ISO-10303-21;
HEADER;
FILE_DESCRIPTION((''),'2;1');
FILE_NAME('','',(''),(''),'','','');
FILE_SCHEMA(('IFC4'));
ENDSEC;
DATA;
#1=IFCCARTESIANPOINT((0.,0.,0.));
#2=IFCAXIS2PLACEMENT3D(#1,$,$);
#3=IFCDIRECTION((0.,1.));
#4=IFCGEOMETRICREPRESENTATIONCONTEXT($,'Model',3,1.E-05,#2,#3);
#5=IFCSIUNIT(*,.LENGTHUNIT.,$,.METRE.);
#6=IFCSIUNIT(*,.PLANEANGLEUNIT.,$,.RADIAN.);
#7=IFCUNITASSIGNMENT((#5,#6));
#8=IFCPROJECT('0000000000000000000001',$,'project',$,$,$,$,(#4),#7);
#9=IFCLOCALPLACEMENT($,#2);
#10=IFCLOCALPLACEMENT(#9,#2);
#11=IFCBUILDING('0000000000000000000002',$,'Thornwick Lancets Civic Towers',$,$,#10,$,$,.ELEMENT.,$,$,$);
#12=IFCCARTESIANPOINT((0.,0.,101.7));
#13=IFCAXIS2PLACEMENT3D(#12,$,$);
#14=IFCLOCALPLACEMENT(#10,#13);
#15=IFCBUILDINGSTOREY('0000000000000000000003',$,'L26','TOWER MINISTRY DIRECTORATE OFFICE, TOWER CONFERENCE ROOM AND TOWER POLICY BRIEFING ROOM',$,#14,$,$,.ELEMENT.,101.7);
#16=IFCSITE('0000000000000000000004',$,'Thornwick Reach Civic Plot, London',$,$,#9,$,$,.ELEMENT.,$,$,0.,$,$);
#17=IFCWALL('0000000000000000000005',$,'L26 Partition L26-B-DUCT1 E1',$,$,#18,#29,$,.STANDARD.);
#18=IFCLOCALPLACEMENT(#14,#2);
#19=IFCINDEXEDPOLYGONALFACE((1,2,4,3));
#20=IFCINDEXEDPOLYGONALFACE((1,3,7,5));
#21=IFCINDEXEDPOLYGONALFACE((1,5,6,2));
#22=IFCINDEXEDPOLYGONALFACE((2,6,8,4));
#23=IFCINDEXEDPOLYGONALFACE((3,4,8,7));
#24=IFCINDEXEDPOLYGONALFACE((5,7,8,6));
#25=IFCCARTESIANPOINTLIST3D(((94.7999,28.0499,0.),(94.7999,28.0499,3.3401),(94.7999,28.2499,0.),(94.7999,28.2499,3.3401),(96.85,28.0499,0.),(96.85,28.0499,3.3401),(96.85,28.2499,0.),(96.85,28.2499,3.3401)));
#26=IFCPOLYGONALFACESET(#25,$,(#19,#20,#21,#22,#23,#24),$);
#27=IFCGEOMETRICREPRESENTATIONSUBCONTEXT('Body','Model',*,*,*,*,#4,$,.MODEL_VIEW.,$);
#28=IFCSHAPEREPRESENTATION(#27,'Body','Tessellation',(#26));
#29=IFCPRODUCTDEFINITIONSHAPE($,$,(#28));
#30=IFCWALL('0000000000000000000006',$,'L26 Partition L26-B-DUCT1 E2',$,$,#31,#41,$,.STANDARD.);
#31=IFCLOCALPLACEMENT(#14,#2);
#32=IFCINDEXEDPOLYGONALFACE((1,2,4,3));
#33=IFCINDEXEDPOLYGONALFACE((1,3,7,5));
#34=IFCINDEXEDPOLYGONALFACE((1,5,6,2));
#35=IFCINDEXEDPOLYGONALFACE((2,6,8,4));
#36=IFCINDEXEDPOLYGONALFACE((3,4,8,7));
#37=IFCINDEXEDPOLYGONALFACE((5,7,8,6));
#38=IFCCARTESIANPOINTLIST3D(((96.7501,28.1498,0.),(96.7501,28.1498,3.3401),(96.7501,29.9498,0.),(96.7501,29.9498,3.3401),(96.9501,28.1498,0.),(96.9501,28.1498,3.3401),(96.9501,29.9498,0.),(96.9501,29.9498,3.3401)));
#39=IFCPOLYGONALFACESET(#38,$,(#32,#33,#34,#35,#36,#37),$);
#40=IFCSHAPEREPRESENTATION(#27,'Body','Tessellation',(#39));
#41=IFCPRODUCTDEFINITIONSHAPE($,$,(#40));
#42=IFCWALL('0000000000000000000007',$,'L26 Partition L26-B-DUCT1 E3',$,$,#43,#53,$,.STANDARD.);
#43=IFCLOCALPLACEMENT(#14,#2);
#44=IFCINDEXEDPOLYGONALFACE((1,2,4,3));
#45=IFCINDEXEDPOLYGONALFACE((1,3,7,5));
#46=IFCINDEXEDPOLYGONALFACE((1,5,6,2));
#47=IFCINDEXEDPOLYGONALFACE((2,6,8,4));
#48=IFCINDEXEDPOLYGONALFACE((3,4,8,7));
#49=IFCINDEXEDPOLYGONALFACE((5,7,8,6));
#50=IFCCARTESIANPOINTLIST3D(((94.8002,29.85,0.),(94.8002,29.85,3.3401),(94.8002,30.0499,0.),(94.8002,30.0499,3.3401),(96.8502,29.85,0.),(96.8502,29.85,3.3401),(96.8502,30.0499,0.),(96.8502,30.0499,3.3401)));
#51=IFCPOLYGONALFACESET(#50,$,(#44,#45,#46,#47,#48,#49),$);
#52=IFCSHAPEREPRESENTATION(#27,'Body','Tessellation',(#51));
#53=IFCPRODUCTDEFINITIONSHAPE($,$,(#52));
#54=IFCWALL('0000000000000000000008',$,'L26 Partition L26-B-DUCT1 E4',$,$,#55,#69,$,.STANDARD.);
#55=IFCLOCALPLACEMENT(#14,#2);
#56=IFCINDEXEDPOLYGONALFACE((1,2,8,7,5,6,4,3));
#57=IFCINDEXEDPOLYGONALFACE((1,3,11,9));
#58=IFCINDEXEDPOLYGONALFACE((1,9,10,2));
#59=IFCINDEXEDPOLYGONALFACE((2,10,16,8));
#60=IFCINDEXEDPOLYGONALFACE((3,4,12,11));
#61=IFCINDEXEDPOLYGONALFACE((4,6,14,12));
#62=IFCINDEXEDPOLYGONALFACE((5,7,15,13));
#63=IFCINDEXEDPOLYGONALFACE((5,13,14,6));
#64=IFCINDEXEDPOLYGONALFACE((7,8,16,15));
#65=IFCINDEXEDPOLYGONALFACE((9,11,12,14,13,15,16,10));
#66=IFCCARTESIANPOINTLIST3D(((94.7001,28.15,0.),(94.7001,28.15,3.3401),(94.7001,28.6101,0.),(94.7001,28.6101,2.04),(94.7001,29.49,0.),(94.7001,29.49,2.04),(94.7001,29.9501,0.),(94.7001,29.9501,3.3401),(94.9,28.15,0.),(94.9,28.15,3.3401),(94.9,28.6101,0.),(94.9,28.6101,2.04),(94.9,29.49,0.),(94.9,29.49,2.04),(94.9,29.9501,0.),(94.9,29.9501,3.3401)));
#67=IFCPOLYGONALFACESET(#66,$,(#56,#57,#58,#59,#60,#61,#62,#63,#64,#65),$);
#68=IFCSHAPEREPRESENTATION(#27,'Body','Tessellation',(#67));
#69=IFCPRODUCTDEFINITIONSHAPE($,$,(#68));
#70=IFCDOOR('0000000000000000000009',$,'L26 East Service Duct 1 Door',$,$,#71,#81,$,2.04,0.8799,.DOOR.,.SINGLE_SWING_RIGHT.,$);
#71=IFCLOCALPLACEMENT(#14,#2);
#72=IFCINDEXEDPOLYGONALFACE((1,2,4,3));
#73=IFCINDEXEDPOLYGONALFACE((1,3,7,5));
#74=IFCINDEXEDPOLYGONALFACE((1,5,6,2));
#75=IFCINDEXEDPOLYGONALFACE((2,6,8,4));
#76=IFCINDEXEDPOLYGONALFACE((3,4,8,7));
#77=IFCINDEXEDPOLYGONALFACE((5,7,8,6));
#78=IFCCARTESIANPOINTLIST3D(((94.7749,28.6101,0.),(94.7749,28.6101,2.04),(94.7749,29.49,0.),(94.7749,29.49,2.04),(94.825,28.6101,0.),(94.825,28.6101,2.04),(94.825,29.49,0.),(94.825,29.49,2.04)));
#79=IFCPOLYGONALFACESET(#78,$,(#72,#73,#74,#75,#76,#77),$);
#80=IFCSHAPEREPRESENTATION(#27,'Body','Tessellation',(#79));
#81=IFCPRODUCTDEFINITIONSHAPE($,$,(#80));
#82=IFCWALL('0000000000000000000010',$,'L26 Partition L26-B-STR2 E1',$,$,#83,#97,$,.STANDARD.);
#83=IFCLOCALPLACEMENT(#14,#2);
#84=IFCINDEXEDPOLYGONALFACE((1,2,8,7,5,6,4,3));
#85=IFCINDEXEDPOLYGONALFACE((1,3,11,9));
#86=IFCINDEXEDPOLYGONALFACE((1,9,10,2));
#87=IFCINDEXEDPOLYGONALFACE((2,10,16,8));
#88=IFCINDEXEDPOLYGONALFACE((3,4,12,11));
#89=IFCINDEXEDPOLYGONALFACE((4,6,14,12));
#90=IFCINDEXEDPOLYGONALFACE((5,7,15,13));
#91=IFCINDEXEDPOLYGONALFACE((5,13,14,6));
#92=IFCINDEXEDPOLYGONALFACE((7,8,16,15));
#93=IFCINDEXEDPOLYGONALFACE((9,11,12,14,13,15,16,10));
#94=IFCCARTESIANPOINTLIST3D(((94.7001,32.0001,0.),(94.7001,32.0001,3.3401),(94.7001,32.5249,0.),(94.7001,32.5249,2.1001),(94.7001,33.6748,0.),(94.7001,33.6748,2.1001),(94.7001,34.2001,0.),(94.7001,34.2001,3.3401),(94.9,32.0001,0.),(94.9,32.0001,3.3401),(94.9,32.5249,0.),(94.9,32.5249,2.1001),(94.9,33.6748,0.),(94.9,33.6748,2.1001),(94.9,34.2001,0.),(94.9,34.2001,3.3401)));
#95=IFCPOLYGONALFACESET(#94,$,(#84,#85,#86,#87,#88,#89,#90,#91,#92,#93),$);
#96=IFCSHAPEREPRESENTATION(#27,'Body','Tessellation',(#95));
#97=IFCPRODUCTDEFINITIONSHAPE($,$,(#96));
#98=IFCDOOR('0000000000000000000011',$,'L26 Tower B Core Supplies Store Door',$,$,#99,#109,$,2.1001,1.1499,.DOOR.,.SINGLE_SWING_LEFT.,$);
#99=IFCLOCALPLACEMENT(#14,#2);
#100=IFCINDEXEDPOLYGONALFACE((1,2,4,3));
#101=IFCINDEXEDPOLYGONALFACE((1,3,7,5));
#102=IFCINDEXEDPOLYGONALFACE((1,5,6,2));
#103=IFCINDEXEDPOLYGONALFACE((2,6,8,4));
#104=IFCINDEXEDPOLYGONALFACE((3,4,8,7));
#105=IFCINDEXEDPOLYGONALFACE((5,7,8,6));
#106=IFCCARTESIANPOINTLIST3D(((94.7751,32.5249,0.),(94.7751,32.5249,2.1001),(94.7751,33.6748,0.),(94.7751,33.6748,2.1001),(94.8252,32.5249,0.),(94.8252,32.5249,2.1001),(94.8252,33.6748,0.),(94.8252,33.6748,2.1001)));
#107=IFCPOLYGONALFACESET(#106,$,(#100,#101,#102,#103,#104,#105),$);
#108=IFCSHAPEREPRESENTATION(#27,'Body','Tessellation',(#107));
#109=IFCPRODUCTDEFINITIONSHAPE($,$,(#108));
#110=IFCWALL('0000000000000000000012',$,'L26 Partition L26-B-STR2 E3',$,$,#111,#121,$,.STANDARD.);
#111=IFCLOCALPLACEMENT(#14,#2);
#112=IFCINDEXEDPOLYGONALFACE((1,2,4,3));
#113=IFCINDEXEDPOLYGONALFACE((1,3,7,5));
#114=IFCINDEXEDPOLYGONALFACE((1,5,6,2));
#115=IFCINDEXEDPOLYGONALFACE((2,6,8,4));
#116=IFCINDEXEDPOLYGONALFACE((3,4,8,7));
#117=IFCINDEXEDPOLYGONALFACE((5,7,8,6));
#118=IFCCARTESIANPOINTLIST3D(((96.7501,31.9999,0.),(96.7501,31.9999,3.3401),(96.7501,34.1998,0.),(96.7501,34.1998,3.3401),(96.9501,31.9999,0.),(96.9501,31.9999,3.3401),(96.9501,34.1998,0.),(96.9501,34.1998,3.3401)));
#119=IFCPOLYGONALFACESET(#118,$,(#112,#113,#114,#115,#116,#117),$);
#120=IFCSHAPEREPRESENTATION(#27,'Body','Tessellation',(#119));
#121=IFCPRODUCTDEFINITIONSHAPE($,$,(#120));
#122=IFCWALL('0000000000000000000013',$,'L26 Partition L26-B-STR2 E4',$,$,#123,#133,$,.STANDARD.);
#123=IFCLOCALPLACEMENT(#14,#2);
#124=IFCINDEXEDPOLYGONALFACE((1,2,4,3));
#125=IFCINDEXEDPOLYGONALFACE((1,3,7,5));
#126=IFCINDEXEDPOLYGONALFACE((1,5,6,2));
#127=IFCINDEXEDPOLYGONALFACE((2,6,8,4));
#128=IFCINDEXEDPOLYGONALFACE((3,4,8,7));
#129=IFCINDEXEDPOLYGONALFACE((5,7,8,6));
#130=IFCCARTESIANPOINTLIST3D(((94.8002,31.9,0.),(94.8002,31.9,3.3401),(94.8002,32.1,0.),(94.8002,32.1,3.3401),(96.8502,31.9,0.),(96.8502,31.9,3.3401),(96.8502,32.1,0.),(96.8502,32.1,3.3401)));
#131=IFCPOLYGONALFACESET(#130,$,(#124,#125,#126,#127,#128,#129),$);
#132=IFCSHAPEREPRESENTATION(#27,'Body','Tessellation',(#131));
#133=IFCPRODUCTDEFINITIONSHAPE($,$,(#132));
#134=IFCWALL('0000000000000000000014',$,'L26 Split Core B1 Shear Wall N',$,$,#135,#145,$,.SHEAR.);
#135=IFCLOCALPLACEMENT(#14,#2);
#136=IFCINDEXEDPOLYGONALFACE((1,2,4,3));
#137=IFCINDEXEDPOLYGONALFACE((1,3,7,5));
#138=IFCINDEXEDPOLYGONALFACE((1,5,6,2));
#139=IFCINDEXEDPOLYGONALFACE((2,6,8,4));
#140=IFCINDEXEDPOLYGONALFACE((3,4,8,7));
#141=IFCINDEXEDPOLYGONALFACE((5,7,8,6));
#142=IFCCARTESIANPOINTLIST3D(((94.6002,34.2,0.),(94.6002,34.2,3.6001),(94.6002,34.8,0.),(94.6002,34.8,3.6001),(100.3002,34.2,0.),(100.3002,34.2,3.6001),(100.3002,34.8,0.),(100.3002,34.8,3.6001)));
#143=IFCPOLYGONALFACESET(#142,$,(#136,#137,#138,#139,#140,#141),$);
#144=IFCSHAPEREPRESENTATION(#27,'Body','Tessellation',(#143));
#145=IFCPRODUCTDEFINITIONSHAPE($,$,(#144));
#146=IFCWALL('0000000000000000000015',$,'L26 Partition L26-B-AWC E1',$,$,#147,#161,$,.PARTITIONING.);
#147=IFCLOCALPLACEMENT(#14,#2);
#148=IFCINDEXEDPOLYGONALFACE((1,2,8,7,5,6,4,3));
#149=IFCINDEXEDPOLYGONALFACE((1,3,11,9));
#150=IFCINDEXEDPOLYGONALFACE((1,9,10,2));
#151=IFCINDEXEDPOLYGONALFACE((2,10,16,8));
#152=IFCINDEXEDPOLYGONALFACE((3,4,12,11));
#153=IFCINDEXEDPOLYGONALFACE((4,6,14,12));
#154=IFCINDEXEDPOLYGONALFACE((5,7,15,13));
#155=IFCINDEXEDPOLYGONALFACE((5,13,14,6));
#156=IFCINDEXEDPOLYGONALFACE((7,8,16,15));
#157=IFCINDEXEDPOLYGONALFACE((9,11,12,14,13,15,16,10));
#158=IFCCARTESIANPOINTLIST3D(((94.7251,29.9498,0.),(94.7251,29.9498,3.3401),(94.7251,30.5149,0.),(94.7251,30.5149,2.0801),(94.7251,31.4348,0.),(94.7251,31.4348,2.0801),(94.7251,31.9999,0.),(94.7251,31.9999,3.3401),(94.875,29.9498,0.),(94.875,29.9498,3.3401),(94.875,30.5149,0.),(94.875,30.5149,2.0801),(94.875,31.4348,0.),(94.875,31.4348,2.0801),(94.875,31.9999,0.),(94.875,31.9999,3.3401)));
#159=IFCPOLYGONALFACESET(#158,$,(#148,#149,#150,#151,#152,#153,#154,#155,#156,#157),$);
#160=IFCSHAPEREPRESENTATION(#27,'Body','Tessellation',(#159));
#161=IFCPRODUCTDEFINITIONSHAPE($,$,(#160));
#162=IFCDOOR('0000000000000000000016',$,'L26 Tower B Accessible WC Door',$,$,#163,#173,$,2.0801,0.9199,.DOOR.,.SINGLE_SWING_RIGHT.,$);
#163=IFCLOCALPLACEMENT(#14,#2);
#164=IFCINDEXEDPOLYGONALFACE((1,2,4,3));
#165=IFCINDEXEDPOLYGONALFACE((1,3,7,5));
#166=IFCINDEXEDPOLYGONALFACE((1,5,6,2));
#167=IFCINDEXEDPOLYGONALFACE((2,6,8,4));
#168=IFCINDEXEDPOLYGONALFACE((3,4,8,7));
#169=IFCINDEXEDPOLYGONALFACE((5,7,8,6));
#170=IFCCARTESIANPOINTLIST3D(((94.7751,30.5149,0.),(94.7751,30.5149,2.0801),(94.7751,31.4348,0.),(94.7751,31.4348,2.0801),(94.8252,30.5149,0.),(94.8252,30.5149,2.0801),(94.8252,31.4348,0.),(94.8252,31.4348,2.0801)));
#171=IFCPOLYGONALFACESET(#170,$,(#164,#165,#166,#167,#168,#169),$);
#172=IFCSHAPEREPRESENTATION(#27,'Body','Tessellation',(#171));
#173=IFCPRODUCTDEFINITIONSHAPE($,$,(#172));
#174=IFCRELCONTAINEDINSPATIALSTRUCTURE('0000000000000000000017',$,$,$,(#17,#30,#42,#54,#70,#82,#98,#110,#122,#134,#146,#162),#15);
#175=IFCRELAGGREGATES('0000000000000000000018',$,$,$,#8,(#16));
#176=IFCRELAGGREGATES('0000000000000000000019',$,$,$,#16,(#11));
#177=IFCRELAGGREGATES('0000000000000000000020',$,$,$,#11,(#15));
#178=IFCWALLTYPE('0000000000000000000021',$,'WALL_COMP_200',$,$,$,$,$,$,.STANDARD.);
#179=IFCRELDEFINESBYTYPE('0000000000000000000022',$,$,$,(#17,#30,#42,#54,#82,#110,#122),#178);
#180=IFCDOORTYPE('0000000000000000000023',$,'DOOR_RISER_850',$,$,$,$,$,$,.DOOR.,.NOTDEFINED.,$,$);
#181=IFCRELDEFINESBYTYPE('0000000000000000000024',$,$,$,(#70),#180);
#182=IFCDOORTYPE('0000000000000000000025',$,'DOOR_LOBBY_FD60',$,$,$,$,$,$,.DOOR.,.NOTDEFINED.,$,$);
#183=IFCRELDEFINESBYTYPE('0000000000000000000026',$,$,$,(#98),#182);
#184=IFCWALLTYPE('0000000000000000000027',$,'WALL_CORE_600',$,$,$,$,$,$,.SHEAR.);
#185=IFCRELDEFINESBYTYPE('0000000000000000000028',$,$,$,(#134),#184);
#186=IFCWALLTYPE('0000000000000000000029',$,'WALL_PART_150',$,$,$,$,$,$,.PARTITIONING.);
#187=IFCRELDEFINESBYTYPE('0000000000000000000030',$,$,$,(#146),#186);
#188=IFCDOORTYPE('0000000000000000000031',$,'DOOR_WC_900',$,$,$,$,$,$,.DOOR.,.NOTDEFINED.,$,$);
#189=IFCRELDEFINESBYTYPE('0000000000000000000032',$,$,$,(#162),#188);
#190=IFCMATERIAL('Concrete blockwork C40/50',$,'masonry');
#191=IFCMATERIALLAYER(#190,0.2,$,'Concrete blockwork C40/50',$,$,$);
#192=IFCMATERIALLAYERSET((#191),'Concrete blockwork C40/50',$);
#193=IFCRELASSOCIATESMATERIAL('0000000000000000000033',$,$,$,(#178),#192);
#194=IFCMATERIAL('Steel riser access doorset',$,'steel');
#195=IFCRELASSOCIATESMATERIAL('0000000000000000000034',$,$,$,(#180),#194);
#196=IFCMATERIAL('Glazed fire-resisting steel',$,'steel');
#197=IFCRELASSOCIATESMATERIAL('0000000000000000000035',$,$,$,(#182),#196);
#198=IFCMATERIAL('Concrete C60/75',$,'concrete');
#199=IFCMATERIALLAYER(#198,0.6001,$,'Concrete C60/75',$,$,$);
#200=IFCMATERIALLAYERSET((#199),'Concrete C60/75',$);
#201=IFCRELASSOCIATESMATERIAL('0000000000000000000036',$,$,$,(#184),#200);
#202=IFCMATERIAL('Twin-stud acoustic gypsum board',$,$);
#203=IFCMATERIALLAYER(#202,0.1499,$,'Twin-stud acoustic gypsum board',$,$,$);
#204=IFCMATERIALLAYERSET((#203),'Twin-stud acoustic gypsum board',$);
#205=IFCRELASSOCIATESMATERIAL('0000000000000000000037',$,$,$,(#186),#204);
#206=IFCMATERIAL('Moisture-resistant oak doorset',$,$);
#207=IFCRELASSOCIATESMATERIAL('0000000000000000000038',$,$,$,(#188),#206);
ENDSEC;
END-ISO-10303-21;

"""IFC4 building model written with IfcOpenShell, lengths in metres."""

from ifc_helpers import new_model, si_unit, direction, frame, frame_2d, origin, place, context, subcontext, project, spatial, rectangle, extrude, material, layer, layer_set, type_object, element, fill, save


model = new_model("IFC4")

# Units and contexts
model_context = context("Model", 3, precision=1e-05, world=origin(), true_north=direction((0.0, 1.0)))
body_context = subcontext(model_context, "Body", "Model", "MODEL_VIEW")
ifc_project = project(units=[si_unit("LENGTHUNIT", "METRE"), si_unit("PLANEANGLEUNIT", "RADIAN")], contexts=[model_context])

# Site, building, storey
site_placement = place(None, origin())
site = spatial("IfcSite", under=ifc_project, at=site_placement, Name="Thornwick Reach Civic Plot, London", CompositionType="ELEMENT", RefElevation=0.0)
building_placement = place(site_placement, origin())
building = spatial("IfcBuilding", under=site, at=building_placement, Name="Thornwick Lancets Civic Towers", CompositionType="ELEMENT")
storey_placement = place(building_placement, frame((0.0, 0.0, 101.7)))
storey = spatial("IfcBuildingStorey", under=building, at=storey_placement, Name="L26", Description="TOWER MINISTRY DIRECTORATE OFFICE, TOWER CONFERENCE ROOM AND TOWER POLICY BRIEFING ROOM", CompositionType="ELEMENT", Elevation=101.7)

# Shared definitions
ifc_material_1 = material(Name="Concrete C60/75", Category="concrete")

# Shared definitions
ifc_material_2 = material(Name="Concrete blockwork C40/50", Category="masonry")
ifc_layer_1 = layer(ifc_material_2, 0.2, Name="Concrete blockwork C40/50")
ifc_layer_set_1 = layer_set([ifc_layer_1], Name="Concrete blockwork C40/50")
wall_type_1 = type_object("IfcWallType", Name="WALL_COMP_200", PredefinedType="STANDARD", material=ifc_layer_set_1)

# Walls
wall_1_placement = place(storey_placement, frame((94.8, 28.1499, 0.0), z_axis=(0.0, 0.0, 1.0), x_axis=(1.0, 0.0, 0.0)))
element("IfcWall", 1, at=wall_1_placement, inside=storey, type_object=wall_type_1, Name="L26 Partition L26-B-DUCT1 E1", PredefinedType="STANDARD", context=body_context, shape_type="SweptSolid", body=[
    extrude(rectangle(XDim=2.05, YDim=0.2, at=frame_2d((1.0249, 0.0))), origin(), (0.0, 0.0, 1.0), 3.3401),
])
wall_2_placement = place(storey_placement, frame((96.8501, 28.1499, 0.0), z_axis=(0.0, 0.0, 1.0), x_axis=(0.0, 1.0, 0.0)))
element("IfcWall", 2, at=wall_2_placement, inside=storey, type_object=wall_type_1, Name="L26 Partition L26-B-DUCT1 E2", PredefinedType="STANDARD", context=body_context, shape_type="SweptSolid", body=[
    extrude(rectangle(XDim=1.8, YDim=0.2, at=frame_2d((0.8999, 0.0))), origin(), (0.0, 0.0, 1.0), 3.3401),
])
wall_3_placement = place(storey_placement, frame((96.8501, 29.95, 0.0), z_axis=(0.0, 0.0, 1.0), x_axis=(-1.0, 0.0, 0.0)))
element("IfcWall", 3, at=wall_3_placement, inside=storey, type_object=wall_type_1, Name="L26 Partition L26-B-DUCT1 E3", PredefinedType="STANDARD", context=body_context, shape_type="SweptSolid", body=[
    extrude(rectangle(XDim=2.05, YDim=0.2, at=frame_2d((1.0249, 0.0))), origin(), (0.0, 0.0, 1.0), 3.3401),
])

# Walls, openings, doors
wall_4_placement = place(storey_placement, frame((94.8, 29.95, 0.0), z_axis=(0.0, 0.0, 1.0), x_axis=(0.0, -1.0, 0.0)))
wall_4 = element("IfcWall", 4, at=wall_4_placement, inside=storey, type_object=wall_type_1, Name="L26 Partition L26-B-DUCT1 E4", PredefinedType="STANDARD", context=body_context, shape_type="SweptSolid", body=[
    extrude(rectangle(XDim=1.8, YDim=0.2, at=frame_2d((0.8999, 0.0))), origin(), (0.0, 0.0, 1.0), 3.3401),
])
opening_1_placement = place(wall_4_placement, frame((0.46, 0.0, 0.0)))
opening_1 = element("IfcOpeningElement", 5, at=opening_1_placement, cuts=wall_4, PredefinedType="OPENING", context=body_context, shape_type="SweptSolid", body=[
    extrude(rectangle(XDim=0.8799, YDim=2.04, at=frame_2d((0.4399, 1.02))), frame((0.0, 0.1099, 0.0), z_axis=(0.0, -1.0, 0.0), x_axis=(1.0, 0.0, 0.0)), (0.0, 0.0, 1.0), 0.22),
])
ifc_material_3 = material(Name="Steel riser access doorset", Category="steel")
door_type_1 = type_object("IfcDoorType", Name="DOOR_RISER_850", OperationType="NOTDEFINED", PredefinedType="DOOR", material=ifc_material_3)
door_1_placement = place(opening_1_placement, origin())
door_1 = element("IfcDoor", 6, at=door_1_placement, inside=storey, type_object=door_type_1, Name="L26 East Service Duct 1 Door", OperationType="SINGLE_SWING_RIGHT", OverallHeight=2.04, OverallWidth=0.8799, PredefinedType="DOOR", context=body_context, shape_type="SweptSolid", body=[
    extrude(rectangle(XDim=0.8799, YDim=2.04, at=frame_2d((0.4399, 1.02))), frame((0.0, 0.0249, 0.0), z_axis=(0.0, -1.0, 0.0), x_axis=(1.0, 0.0, 0.0)), (0.0, 0.0, 1.0), 0.05),
])
fill(opening_1, door_1)
wall_5_placement = place(storey_placement, frame((94.8, 32.0, 0.0), z_axis=(0.0, 0.0, 1.0), x_axis=(0.0, 1.0, 0.0)))
wall_5 = element("IfcWall", 7, at=wall_5_placement, inside=storey, type_object=wall_type_1, Name="L26 Partition L26-B-STR2 E1", PredefinedType="STANDARD", context=body_context, shape_type="SweptSolid", body=[
    extrude(rectangle(XDim=2.2, YDim=0.2, at=frame_2d((1.1001, 0.0))), origin(), (0.0, 0.0, 1.0), 3.3401),
])
opening_2_placement = place(wall_5_placement, frame((0.5249, 0.0, 0.0)))
opening_2 = element("IfcOpeningElement", 8, at=opening_2_placement, cuts=wall_5, PredefinedType="OPENING", context=body_context, shape_type="SweptSolid", body=[
    extrude(rectangle(XDim=1.1499, YDim=2.1001, at=frame_2d((0.575, 1.05))), frame((0.0, 0.1099, 0.0), z_axis=(0.0, -1.0, 0.0), x_axis=(1.0, 0.0, 0.0)), (0.0, 0.0, 1.0), 0.22),
])
ifc_material_4 = material(Name="Glazed fire-resisting steel", Category="steel")
door_type_2 = type_object("IfcDoorType", Name="DOOR_LOBBY_FD60", OperationType="NOTDEFINED", PredefinedType="DOOR", material=ifc_material_4)
door_2_placement = place(opening_2_placement, origin())
door_2 = element("IfcDoor", 9, at=door_2_placement, inside=storey, type_object=door_type_2, Name="L26 Tower B Core Supplies Store Door", OperationType="SINGLE_SWING_LEFT", OverallHeight=2.1001, OverallWidth=1.1499, PredefinedType="DOOR", context=body_context, shape_type="SweptSolid", body=[
    extrude(rectangle(XDim=1.1499, YDim=2.1001, at=frame_2d((0.575, 1.05))), frame((0.0, 0.0249, 0.0), z_axis=(0.0, -1.0, 0.0), x_axis=(1.0, 0.0, 0.0)), (0.0, 0.0, 1.0), 0.05),
])
fill(opening_2, door_2)

# Walls
wall_6_placement = place(storey_placement, frame((96.8501, 34.2, 0.0), z_axis=(0.0, 0.0, 1.0), x_axis=(0.0, -1.0, 0.0)))
element("IfcWall", 10, at=wall_6_placement, inside=storey, type_object=wall_type_1, Name="L26 Partition L26-B-STR2 E3", PredefinedType="STANDARD", context=body_context, shape_type="SweptSolid", body=[
    extrude(rectangle(XDim=2.2, YDim=0.2, at=frame_2d((1.1001, 0.0))), origin(), (0.0, 0.0, 1.0), 3.3401),
])
wall_7_placement = place(storey_placement, frame((96.8501, 32.0, 0.0), z_axis=(0.0, 0.0, 1.0), x_axis=(-1.0, 0.0, 0.0)))
element("IfcWall", 11, at=wall_7_placement, inside=storey, type_object=wall_type_1, Name="L26 Partition L26-B-STR2 E4", PredefinedType="STANDARD", context=body_context, shape_type="SweptSolid", body=[
    extrude(rectangle(XDim=2.05, YDim=0.2, at=frame_2d((1.0249, 0.0))), origin(), (0.0, 0.0, 1.0), 3.3401),
])
ifc_layer_2 = layer(ifc_material_1, 0.6001, Name="Concrete C60/75")
ifc_layer_set_2 = layer_set([ifc_layer_2], Name="Concrete C60/75")
wall_type_2 = type_object("IfcWallType", Name="WALL_CORE_600", PredefinedType="SHEAR", material=ifc_layer_set_2)
wall_8_placement = place(storey_placement, frame((94.6001, 34.5, 0.0), z_axis=(0.0, 0.0, 1.0), x_axis=(1.0, 0.0, 0.0)))
element("IfcWall", 12, at=wall_8_placement, inside=storey, type_object=wall_type_2, Name="L26 Split Core B1 Shear Wall N", PredefinedType="SHEAR", context=body_context, shape_type="SweptSolid", body=[
    extrude(rectangle(XDim=5.7, YDim=0.6001, at=frame_2d((2.8501, 0.0))), origin(), (0.0, 0.0, 1.0), 3.6001),
])

# Wall, opening, door
ifc_material_5 = material(Name="Twin-stud acoustic gypsum board")
ifc_layer_3 = layer(ifc_material_5, 0.1499, Name="Twin-stud acoustic gypsum board")
ifc_layer_set_3 = layer_set([ifc_layer_3], Name="Twin-stud acoustic gypsum board")
wall_type_3 = type_object("IfcWallType", Name="WALL_PART_150", PredefinedType="PARTITIONING", material=ifc_layer_set_3)
wall_9_placement = place(storey_placement, frame((94.8, 29.95, 0.0), z_axis=(0.0, 0.0, 1.0), x_axis=(0.0, 1.0, 0.0)))
wall_9 = element("IfcWall", 13, at=wall_9_placement, inside=storey, type_object=wall_type_3, Name="L26 Partition L26-B-AWC E1", PredefinedType="PARTITIONING", context=body_context, shape_type="SweptSolid", body=[
    extrude(rectangle(XDim=2.05, YDim=0.1499, at=frame_2d((1.0249, 0.0))), origin(), (0.0, 0.0, 1.0), 3.3401),
])
opening_3_placement = place(wall_9_placement, frame((0.5649, 0.0, 0.0)))
opening_3 = element("IfcOpeningElement", 14, at=opening_3_placement, cuts=wall_9, PredefinedType="OPENING", context=body_context, shape_type="SweptSolid", body=[
    extrude(rectangle(XDim=0.9199, YDim=2.0801, at=frame_2d((0.46, 1.04))), frame((0.0, 0.085, 0.0), z_axis=(0.0, -1.0, 0.0), x_axis=(1.0, 0.0, 0.0)), (0.0, 0.0, 1.0), 0.1699),
])
ifc_material_6 = material(Name="Moisture-resistant oak doorset")
door_type_3 = type_object("IfcDoorType", Name="DOOR_WC_900", OperationType="NOTDEFINED", PredefinedType="DOOR", material=ifc_material_6)
door_3_placement = place(opening_3_placement, origin())
door_3 = element("IfcDoor", 15, at=door_3_placement, inside=storey, type_object=door_type_3, Name="L26 Tower B Accessible WC Door", OperationType="SINGLE_SWING_RIGHT", OverallHeight=2.0801, OverallWidth=0.9199, PredefinedType="DOOR", context=body_context, shape_type="SweptSolid", body=[
    extrude(rectangle(XDim=0.9199, YDim=2.0801, at=frame_2d((0.46, 1.04))), frame((0.0, 0.0249, 0.0), z_axis=(0.0, -1.0, 0.0), x_axis=(1.0, 0.0, 0.0)), (0.0, 0.0, 1.0), 0.05),
])
fill(opening_3, door_3)

save(model, "model.ifc")
